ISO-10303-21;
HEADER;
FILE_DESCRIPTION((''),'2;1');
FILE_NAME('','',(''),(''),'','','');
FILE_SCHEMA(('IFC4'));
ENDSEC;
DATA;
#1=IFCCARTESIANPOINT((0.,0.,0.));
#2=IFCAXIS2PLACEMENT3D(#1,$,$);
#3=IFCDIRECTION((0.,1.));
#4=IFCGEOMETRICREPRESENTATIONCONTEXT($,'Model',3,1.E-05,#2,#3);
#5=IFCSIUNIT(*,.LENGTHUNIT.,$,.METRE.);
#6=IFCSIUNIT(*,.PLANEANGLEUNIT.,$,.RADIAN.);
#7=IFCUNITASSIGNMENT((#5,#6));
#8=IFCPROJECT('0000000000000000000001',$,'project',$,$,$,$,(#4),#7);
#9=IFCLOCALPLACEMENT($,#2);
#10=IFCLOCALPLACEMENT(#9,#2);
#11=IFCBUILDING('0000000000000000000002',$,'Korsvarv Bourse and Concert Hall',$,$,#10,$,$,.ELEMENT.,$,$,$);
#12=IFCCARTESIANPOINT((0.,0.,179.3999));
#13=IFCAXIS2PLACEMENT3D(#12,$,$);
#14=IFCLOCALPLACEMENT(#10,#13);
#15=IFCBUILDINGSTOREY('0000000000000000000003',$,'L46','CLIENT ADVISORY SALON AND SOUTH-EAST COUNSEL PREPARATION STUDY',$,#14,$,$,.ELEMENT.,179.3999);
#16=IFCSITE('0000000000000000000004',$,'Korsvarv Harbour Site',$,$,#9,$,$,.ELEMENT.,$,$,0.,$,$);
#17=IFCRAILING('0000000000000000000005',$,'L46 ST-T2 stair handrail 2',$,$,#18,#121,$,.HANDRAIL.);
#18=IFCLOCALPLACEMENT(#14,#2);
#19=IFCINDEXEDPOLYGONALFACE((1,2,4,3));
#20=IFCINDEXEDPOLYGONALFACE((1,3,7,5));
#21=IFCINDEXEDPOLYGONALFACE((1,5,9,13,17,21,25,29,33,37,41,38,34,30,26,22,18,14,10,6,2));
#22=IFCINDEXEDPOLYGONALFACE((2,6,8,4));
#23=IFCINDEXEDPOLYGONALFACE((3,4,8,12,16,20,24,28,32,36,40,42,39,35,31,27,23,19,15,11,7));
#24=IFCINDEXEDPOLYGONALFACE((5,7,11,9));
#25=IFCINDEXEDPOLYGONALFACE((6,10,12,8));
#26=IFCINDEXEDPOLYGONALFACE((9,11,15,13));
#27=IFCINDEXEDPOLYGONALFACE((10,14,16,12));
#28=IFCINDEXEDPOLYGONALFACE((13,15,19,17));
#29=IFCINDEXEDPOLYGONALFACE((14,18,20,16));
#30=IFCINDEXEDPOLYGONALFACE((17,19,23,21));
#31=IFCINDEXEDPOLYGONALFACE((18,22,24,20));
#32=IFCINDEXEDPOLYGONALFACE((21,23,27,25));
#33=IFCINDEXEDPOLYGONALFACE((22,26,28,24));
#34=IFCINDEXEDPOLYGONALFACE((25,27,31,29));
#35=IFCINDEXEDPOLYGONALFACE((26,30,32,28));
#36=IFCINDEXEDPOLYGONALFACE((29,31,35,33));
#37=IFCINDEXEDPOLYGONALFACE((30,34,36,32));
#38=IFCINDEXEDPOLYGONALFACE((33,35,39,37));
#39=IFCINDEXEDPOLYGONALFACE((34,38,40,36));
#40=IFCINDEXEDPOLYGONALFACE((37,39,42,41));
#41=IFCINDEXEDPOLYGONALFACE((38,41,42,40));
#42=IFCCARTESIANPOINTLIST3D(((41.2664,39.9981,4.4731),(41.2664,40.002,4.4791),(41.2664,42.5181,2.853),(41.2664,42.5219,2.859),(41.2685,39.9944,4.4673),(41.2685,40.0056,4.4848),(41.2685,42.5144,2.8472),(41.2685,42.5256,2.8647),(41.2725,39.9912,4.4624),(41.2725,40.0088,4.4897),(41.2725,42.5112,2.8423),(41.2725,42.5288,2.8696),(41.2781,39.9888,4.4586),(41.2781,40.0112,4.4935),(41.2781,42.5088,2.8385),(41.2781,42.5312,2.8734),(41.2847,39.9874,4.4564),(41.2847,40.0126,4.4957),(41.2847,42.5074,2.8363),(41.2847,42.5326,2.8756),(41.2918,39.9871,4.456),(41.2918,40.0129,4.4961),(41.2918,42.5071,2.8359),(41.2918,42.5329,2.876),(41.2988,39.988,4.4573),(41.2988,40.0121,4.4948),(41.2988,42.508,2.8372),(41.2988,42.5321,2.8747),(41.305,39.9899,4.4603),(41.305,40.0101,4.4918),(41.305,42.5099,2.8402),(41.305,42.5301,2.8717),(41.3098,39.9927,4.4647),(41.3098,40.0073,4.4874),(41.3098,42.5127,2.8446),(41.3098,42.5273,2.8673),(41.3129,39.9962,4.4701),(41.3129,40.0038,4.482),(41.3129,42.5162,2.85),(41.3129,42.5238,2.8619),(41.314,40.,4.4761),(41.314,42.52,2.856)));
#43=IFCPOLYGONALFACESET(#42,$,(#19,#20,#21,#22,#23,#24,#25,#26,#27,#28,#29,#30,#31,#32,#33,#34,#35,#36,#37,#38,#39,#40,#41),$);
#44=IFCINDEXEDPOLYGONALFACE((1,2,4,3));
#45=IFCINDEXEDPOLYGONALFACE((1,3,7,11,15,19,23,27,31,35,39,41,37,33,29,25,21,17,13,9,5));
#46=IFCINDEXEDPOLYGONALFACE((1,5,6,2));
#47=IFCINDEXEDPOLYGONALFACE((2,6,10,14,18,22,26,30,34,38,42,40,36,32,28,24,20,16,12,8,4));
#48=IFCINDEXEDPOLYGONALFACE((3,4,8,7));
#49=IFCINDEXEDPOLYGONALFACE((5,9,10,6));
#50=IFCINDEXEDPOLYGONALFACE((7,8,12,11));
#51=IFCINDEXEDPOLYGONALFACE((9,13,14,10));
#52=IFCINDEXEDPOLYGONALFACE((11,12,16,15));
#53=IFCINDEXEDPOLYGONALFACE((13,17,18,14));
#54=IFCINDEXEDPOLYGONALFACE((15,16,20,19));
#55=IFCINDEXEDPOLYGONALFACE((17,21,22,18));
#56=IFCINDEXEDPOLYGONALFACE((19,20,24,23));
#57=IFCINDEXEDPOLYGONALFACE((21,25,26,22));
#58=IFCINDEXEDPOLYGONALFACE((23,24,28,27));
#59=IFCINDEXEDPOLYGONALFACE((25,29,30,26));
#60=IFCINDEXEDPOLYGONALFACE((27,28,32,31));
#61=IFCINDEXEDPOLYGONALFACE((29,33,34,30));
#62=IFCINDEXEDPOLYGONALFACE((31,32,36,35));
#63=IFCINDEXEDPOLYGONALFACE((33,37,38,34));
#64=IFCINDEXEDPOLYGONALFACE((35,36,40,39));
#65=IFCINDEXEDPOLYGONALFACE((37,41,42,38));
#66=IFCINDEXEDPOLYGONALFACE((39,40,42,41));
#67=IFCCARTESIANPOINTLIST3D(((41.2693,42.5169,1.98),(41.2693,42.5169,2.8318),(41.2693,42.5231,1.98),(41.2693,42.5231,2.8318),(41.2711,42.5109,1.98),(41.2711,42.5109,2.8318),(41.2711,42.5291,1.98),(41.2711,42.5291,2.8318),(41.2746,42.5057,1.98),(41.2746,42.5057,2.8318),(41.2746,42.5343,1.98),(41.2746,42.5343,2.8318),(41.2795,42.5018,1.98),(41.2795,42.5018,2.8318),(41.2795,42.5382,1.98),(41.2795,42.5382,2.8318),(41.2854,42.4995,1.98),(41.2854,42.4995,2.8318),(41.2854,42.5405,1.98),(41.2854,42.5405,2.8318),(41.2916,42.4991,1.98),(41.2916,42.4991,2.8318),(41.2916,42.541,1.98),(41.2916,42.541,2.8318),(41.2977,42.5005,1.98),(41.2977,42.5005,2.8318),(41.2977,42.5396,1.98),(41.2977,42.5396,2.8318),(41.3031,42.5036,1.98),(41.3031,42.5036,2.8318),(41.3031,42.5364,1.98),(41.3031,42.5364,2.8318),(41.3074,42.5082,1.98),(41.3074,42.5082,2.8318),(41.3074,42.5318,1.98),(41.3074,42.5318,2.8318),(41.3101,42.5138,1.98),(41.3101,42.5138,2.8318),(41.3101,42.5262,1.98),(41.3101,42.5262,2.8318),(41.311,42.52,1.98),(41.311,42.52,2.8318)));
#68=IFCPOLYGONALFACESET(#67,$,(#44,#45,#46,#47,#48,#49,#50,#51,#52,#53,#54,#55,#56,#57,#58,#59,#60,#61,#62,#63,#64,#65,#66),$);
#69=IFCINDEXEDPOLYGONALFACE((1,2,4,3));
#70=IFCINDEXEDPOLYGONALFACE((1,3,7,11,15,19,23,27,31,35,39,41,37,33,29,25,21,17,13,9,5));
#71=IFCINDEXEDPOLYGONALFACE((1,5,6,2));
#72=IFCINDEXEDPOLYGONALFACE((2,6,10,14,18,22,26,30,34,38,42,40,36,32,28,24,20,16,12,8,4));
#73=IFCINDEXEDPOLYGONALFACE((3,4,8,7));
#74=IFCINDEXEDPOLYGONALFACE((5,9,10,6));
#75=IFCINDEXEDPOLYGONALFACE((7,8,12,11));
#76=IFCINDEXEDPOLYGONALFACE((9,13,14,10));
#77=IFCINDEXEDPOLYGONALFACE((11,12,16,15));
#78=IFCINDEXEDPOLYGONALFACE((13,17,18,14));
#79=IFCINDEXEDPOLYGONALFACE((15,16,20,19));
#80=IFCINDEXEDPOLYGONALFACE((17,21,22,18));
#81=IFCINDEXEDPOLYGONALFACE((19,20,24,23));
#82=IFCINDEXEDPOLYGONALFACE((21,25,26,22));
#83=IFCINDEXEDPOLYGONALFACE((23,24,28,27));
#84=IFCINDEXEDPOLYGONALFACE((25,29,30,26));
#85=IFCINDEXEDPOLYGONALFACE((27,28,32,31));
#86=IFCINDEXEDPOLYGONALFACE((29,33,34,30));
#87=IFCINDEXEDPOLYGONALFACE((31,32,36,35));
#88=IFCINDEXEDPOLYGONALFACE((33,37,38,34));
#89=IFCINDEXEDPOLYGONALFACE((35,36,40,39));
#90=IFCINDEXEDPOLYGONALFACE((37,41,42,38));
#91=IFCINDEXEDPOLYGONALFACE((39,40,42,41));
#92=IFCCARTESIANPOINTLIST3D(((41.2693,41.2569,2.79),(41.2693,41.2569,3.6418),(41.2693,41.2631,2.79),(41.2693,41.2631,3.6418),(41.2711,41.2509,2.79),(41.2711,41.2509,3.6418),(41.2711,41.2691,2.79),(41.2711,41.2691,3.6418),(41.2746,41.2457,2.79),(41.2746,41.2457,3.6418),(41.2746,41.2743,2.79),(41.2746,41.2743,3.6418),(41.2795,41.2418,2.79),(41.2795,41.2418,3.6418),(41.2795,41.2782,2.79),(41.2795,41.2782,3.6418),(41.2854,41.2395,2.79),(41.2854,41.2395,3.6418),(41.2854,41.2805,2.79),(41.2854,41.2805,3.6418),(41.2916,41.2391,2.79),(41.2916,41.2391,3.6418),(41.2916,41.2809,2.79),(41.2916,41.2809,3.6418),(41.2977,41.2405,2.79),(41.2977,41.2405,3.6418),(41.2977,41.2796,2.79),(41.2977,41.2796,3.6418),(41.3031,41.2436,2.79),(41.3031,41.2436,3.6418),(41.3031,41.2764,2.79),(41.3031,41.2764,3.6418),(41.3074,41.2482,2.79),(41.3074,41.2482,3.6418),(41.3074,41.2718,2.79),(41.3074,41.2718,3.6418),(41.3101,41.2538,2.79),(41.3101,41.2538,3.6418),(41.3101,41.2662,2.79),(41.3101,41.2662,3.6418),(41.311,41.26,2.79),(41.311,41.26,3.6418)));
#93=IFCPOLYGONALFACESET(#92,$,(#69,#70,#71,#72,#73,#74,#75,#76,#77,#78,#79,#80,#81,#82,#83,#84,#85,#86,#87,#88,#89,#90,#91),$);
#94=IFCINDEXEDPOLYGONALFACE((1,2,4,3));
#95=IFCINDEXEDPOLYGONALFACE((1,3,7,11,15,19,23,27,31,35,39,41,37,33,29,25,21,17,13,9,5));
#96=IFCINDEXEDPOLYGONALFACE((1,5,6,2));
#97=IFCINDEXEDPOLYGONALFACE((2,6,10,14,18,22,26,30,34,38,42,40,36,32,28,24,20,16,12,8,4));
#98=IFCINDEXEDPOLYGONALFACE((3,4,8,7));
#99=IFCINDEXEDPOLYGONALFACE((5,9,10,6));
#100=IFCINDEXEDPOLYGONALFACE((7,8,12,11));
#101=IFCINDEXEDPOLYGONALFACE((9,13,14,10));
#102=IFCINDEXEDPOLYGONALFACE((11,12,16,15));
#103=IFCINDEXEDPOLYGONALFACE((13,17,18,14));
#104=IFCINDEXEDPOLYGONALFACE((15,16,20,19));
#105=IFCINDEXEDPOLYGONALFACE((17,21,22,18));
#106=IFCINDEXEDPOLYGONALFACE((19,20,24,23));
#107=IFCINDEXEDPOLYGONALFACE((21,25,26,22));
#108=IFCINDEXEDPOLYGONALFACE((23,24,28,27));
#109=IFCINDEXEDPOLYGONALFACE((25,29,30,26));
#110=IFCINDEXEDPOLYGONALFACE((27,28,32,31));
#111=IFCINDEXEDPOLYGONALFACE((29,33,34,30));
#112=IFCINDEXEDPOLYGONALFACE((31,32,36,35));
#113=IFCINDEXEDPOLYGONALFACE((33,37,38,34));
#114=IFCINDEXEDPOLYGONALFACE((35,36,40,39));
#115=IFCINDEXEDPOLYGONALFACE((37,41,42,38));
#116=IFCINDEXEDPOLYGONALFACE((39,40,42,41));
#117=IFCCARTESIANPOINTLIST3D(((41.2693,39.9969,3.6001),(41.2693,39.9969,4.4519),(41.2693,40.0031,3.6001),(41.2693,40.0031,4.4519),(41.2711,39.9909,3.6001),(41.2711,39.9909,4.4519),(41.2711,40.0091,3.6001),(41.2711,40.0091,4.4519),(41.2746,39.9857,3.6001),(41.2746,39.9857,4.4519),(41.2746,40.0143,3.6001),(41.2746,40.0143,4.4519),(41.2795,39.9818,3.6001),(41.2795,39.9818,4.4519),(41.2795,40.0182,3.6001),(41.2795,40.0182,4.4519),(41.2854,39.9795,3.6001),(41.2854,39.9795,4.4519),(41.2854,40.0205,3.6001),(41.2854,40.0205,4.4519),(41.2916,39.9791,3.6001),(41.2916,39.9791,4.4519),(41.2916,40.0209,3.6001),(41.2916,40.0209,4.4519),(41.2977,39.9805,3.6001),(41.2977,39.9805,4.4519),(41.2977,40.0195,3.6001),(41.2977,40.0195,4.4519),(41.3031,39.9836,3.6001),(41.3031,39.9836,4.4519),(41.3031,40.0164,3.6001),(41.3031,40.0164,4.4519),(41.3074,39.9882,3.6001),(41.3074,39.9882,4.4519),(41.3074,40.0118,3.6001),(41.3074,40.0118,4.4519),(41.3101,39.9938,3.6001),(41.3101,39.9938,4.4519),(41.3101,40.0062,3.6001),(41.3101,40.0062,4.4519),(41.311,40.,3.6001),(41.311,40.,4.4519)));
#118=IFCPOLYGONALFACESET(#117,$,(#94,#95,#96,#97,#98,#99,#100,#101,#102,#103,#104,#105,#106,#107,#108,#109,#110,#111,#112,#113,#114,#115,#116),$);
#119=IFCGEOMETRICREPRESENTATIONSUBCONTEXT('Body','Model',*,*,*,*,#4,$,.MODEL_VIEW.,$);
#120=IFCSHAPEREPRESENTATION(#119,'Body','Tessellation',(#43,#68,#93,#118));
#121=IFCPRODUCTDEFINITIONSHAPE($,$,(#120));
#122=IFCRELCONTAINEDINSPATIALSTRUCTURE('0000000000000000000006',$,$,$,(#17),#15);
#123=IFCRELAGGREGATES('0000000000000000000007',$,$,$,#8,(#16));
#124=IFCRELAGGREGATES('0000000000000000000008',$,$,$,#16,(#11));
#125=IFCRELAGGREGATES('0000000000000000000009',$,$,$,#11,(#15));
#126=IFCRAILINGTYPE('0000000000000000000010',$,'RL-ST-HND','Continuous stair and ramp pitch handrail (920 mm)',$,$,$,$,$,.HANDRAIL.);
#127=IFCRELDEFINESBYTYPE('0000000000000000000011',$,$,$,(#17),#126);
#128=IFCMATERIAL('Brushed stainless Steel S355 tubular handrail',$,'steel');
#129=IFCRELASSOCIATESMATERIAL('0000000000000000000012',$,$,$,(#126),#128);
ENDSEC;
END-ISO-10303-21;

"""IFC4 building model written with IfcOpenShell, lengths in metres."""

from ifc_helpers import new_model, si_unit, direction, frame, origin, origin_2d, place, context, subcontext, project, spatial, circle, extrude, material, type_object, element, save


model = new_model("IFC4")

# Units and contexts
model_context = context("Model", 3, precision=1e-05, world=origin(), true_north=direction((0.0, 1.0)))
body_context = subcontext(model_context, "Body", "Model", "MODEL_VIEW")
ifc_project = project(units=[si_unit("LENGTHUNIT", "METRE"), si_unit("PLANEANGLEUNIT", "RADIAN")], contexts=[model_context])

# Site, building, storey
site_placement = place(None, origin())
site = spatial("IfcSite", under=ifc_project, at=site_placement, Name="Korsvarv Harbour Site", CompositionType="ELEMENT", RefElevation=0.0)
building_placement = place(site_placement, origin())
building = spatial("IfcBuilding", under=site, at=building_placement, Name="Korsvarv Bourse and Concert Hall", CompositionType="ELEMENT")
storey_placement = place(building_placement, frame((0.0, 0.0, 179.3999)))
storey = spatial("IfcBuildingStorey", under=building, at=storey_placement, Name="L46", Description="CLIENT ADVISORY SALON AND SOUTH-EAST COUNSEL PREPARATION STUDY", CompositionType="ELEMENT", Elevation=179.3999)

# Railing
ifc_material_1 = material(Name="Brushed stainless Steel S355 tubular handrail", Category="steel")
railing_type = type_object("IfcRailingType", Name="RL-ST-HND", Description="Continuous stair and ramp pitch handrail (920 mm)", PredefinedType="HANDRAIL", material=ifc_material_1)
railing_placement = place(storey_placement, frame((41.29, 42.52, 1.98)))
element("IfcRailing", 1, at=railing_placement, inside=storey, type_object=railing_type, Name="L46 ST-T2 stair handrail 2", PredefinedType="HANDRAIL", context=body_context, shape_type="SweptSolid", body=[
    extrude(circle(Radius=0.0239, at=origin_2d()), frame((0.0, 0.0, 0.876), z_axis=(0.0, -0.841163, 0.540782), x_axis=(1.0, 0.0, 0.0)), (0.0, 0.0, 1.0), 2.9958),
    extrude(circle(Radius=0.021, at=origin_2d()), origin(), (0.0, 0.0, 1.0), 0.8518),
    extrude(circle(Radius=0.021, at=origin_2d()), frame((0.0, -1.26, 0.8101)), (0.0, 0.0, 1.0), 0.8518),
    extrude(circle(Radius=0.021, at=origin_2d()), frame((0.0, -2.52, 1.6201)), (0.0, 0.0, 1.0), 0.8518),
])

save(model, "model.ifc")
